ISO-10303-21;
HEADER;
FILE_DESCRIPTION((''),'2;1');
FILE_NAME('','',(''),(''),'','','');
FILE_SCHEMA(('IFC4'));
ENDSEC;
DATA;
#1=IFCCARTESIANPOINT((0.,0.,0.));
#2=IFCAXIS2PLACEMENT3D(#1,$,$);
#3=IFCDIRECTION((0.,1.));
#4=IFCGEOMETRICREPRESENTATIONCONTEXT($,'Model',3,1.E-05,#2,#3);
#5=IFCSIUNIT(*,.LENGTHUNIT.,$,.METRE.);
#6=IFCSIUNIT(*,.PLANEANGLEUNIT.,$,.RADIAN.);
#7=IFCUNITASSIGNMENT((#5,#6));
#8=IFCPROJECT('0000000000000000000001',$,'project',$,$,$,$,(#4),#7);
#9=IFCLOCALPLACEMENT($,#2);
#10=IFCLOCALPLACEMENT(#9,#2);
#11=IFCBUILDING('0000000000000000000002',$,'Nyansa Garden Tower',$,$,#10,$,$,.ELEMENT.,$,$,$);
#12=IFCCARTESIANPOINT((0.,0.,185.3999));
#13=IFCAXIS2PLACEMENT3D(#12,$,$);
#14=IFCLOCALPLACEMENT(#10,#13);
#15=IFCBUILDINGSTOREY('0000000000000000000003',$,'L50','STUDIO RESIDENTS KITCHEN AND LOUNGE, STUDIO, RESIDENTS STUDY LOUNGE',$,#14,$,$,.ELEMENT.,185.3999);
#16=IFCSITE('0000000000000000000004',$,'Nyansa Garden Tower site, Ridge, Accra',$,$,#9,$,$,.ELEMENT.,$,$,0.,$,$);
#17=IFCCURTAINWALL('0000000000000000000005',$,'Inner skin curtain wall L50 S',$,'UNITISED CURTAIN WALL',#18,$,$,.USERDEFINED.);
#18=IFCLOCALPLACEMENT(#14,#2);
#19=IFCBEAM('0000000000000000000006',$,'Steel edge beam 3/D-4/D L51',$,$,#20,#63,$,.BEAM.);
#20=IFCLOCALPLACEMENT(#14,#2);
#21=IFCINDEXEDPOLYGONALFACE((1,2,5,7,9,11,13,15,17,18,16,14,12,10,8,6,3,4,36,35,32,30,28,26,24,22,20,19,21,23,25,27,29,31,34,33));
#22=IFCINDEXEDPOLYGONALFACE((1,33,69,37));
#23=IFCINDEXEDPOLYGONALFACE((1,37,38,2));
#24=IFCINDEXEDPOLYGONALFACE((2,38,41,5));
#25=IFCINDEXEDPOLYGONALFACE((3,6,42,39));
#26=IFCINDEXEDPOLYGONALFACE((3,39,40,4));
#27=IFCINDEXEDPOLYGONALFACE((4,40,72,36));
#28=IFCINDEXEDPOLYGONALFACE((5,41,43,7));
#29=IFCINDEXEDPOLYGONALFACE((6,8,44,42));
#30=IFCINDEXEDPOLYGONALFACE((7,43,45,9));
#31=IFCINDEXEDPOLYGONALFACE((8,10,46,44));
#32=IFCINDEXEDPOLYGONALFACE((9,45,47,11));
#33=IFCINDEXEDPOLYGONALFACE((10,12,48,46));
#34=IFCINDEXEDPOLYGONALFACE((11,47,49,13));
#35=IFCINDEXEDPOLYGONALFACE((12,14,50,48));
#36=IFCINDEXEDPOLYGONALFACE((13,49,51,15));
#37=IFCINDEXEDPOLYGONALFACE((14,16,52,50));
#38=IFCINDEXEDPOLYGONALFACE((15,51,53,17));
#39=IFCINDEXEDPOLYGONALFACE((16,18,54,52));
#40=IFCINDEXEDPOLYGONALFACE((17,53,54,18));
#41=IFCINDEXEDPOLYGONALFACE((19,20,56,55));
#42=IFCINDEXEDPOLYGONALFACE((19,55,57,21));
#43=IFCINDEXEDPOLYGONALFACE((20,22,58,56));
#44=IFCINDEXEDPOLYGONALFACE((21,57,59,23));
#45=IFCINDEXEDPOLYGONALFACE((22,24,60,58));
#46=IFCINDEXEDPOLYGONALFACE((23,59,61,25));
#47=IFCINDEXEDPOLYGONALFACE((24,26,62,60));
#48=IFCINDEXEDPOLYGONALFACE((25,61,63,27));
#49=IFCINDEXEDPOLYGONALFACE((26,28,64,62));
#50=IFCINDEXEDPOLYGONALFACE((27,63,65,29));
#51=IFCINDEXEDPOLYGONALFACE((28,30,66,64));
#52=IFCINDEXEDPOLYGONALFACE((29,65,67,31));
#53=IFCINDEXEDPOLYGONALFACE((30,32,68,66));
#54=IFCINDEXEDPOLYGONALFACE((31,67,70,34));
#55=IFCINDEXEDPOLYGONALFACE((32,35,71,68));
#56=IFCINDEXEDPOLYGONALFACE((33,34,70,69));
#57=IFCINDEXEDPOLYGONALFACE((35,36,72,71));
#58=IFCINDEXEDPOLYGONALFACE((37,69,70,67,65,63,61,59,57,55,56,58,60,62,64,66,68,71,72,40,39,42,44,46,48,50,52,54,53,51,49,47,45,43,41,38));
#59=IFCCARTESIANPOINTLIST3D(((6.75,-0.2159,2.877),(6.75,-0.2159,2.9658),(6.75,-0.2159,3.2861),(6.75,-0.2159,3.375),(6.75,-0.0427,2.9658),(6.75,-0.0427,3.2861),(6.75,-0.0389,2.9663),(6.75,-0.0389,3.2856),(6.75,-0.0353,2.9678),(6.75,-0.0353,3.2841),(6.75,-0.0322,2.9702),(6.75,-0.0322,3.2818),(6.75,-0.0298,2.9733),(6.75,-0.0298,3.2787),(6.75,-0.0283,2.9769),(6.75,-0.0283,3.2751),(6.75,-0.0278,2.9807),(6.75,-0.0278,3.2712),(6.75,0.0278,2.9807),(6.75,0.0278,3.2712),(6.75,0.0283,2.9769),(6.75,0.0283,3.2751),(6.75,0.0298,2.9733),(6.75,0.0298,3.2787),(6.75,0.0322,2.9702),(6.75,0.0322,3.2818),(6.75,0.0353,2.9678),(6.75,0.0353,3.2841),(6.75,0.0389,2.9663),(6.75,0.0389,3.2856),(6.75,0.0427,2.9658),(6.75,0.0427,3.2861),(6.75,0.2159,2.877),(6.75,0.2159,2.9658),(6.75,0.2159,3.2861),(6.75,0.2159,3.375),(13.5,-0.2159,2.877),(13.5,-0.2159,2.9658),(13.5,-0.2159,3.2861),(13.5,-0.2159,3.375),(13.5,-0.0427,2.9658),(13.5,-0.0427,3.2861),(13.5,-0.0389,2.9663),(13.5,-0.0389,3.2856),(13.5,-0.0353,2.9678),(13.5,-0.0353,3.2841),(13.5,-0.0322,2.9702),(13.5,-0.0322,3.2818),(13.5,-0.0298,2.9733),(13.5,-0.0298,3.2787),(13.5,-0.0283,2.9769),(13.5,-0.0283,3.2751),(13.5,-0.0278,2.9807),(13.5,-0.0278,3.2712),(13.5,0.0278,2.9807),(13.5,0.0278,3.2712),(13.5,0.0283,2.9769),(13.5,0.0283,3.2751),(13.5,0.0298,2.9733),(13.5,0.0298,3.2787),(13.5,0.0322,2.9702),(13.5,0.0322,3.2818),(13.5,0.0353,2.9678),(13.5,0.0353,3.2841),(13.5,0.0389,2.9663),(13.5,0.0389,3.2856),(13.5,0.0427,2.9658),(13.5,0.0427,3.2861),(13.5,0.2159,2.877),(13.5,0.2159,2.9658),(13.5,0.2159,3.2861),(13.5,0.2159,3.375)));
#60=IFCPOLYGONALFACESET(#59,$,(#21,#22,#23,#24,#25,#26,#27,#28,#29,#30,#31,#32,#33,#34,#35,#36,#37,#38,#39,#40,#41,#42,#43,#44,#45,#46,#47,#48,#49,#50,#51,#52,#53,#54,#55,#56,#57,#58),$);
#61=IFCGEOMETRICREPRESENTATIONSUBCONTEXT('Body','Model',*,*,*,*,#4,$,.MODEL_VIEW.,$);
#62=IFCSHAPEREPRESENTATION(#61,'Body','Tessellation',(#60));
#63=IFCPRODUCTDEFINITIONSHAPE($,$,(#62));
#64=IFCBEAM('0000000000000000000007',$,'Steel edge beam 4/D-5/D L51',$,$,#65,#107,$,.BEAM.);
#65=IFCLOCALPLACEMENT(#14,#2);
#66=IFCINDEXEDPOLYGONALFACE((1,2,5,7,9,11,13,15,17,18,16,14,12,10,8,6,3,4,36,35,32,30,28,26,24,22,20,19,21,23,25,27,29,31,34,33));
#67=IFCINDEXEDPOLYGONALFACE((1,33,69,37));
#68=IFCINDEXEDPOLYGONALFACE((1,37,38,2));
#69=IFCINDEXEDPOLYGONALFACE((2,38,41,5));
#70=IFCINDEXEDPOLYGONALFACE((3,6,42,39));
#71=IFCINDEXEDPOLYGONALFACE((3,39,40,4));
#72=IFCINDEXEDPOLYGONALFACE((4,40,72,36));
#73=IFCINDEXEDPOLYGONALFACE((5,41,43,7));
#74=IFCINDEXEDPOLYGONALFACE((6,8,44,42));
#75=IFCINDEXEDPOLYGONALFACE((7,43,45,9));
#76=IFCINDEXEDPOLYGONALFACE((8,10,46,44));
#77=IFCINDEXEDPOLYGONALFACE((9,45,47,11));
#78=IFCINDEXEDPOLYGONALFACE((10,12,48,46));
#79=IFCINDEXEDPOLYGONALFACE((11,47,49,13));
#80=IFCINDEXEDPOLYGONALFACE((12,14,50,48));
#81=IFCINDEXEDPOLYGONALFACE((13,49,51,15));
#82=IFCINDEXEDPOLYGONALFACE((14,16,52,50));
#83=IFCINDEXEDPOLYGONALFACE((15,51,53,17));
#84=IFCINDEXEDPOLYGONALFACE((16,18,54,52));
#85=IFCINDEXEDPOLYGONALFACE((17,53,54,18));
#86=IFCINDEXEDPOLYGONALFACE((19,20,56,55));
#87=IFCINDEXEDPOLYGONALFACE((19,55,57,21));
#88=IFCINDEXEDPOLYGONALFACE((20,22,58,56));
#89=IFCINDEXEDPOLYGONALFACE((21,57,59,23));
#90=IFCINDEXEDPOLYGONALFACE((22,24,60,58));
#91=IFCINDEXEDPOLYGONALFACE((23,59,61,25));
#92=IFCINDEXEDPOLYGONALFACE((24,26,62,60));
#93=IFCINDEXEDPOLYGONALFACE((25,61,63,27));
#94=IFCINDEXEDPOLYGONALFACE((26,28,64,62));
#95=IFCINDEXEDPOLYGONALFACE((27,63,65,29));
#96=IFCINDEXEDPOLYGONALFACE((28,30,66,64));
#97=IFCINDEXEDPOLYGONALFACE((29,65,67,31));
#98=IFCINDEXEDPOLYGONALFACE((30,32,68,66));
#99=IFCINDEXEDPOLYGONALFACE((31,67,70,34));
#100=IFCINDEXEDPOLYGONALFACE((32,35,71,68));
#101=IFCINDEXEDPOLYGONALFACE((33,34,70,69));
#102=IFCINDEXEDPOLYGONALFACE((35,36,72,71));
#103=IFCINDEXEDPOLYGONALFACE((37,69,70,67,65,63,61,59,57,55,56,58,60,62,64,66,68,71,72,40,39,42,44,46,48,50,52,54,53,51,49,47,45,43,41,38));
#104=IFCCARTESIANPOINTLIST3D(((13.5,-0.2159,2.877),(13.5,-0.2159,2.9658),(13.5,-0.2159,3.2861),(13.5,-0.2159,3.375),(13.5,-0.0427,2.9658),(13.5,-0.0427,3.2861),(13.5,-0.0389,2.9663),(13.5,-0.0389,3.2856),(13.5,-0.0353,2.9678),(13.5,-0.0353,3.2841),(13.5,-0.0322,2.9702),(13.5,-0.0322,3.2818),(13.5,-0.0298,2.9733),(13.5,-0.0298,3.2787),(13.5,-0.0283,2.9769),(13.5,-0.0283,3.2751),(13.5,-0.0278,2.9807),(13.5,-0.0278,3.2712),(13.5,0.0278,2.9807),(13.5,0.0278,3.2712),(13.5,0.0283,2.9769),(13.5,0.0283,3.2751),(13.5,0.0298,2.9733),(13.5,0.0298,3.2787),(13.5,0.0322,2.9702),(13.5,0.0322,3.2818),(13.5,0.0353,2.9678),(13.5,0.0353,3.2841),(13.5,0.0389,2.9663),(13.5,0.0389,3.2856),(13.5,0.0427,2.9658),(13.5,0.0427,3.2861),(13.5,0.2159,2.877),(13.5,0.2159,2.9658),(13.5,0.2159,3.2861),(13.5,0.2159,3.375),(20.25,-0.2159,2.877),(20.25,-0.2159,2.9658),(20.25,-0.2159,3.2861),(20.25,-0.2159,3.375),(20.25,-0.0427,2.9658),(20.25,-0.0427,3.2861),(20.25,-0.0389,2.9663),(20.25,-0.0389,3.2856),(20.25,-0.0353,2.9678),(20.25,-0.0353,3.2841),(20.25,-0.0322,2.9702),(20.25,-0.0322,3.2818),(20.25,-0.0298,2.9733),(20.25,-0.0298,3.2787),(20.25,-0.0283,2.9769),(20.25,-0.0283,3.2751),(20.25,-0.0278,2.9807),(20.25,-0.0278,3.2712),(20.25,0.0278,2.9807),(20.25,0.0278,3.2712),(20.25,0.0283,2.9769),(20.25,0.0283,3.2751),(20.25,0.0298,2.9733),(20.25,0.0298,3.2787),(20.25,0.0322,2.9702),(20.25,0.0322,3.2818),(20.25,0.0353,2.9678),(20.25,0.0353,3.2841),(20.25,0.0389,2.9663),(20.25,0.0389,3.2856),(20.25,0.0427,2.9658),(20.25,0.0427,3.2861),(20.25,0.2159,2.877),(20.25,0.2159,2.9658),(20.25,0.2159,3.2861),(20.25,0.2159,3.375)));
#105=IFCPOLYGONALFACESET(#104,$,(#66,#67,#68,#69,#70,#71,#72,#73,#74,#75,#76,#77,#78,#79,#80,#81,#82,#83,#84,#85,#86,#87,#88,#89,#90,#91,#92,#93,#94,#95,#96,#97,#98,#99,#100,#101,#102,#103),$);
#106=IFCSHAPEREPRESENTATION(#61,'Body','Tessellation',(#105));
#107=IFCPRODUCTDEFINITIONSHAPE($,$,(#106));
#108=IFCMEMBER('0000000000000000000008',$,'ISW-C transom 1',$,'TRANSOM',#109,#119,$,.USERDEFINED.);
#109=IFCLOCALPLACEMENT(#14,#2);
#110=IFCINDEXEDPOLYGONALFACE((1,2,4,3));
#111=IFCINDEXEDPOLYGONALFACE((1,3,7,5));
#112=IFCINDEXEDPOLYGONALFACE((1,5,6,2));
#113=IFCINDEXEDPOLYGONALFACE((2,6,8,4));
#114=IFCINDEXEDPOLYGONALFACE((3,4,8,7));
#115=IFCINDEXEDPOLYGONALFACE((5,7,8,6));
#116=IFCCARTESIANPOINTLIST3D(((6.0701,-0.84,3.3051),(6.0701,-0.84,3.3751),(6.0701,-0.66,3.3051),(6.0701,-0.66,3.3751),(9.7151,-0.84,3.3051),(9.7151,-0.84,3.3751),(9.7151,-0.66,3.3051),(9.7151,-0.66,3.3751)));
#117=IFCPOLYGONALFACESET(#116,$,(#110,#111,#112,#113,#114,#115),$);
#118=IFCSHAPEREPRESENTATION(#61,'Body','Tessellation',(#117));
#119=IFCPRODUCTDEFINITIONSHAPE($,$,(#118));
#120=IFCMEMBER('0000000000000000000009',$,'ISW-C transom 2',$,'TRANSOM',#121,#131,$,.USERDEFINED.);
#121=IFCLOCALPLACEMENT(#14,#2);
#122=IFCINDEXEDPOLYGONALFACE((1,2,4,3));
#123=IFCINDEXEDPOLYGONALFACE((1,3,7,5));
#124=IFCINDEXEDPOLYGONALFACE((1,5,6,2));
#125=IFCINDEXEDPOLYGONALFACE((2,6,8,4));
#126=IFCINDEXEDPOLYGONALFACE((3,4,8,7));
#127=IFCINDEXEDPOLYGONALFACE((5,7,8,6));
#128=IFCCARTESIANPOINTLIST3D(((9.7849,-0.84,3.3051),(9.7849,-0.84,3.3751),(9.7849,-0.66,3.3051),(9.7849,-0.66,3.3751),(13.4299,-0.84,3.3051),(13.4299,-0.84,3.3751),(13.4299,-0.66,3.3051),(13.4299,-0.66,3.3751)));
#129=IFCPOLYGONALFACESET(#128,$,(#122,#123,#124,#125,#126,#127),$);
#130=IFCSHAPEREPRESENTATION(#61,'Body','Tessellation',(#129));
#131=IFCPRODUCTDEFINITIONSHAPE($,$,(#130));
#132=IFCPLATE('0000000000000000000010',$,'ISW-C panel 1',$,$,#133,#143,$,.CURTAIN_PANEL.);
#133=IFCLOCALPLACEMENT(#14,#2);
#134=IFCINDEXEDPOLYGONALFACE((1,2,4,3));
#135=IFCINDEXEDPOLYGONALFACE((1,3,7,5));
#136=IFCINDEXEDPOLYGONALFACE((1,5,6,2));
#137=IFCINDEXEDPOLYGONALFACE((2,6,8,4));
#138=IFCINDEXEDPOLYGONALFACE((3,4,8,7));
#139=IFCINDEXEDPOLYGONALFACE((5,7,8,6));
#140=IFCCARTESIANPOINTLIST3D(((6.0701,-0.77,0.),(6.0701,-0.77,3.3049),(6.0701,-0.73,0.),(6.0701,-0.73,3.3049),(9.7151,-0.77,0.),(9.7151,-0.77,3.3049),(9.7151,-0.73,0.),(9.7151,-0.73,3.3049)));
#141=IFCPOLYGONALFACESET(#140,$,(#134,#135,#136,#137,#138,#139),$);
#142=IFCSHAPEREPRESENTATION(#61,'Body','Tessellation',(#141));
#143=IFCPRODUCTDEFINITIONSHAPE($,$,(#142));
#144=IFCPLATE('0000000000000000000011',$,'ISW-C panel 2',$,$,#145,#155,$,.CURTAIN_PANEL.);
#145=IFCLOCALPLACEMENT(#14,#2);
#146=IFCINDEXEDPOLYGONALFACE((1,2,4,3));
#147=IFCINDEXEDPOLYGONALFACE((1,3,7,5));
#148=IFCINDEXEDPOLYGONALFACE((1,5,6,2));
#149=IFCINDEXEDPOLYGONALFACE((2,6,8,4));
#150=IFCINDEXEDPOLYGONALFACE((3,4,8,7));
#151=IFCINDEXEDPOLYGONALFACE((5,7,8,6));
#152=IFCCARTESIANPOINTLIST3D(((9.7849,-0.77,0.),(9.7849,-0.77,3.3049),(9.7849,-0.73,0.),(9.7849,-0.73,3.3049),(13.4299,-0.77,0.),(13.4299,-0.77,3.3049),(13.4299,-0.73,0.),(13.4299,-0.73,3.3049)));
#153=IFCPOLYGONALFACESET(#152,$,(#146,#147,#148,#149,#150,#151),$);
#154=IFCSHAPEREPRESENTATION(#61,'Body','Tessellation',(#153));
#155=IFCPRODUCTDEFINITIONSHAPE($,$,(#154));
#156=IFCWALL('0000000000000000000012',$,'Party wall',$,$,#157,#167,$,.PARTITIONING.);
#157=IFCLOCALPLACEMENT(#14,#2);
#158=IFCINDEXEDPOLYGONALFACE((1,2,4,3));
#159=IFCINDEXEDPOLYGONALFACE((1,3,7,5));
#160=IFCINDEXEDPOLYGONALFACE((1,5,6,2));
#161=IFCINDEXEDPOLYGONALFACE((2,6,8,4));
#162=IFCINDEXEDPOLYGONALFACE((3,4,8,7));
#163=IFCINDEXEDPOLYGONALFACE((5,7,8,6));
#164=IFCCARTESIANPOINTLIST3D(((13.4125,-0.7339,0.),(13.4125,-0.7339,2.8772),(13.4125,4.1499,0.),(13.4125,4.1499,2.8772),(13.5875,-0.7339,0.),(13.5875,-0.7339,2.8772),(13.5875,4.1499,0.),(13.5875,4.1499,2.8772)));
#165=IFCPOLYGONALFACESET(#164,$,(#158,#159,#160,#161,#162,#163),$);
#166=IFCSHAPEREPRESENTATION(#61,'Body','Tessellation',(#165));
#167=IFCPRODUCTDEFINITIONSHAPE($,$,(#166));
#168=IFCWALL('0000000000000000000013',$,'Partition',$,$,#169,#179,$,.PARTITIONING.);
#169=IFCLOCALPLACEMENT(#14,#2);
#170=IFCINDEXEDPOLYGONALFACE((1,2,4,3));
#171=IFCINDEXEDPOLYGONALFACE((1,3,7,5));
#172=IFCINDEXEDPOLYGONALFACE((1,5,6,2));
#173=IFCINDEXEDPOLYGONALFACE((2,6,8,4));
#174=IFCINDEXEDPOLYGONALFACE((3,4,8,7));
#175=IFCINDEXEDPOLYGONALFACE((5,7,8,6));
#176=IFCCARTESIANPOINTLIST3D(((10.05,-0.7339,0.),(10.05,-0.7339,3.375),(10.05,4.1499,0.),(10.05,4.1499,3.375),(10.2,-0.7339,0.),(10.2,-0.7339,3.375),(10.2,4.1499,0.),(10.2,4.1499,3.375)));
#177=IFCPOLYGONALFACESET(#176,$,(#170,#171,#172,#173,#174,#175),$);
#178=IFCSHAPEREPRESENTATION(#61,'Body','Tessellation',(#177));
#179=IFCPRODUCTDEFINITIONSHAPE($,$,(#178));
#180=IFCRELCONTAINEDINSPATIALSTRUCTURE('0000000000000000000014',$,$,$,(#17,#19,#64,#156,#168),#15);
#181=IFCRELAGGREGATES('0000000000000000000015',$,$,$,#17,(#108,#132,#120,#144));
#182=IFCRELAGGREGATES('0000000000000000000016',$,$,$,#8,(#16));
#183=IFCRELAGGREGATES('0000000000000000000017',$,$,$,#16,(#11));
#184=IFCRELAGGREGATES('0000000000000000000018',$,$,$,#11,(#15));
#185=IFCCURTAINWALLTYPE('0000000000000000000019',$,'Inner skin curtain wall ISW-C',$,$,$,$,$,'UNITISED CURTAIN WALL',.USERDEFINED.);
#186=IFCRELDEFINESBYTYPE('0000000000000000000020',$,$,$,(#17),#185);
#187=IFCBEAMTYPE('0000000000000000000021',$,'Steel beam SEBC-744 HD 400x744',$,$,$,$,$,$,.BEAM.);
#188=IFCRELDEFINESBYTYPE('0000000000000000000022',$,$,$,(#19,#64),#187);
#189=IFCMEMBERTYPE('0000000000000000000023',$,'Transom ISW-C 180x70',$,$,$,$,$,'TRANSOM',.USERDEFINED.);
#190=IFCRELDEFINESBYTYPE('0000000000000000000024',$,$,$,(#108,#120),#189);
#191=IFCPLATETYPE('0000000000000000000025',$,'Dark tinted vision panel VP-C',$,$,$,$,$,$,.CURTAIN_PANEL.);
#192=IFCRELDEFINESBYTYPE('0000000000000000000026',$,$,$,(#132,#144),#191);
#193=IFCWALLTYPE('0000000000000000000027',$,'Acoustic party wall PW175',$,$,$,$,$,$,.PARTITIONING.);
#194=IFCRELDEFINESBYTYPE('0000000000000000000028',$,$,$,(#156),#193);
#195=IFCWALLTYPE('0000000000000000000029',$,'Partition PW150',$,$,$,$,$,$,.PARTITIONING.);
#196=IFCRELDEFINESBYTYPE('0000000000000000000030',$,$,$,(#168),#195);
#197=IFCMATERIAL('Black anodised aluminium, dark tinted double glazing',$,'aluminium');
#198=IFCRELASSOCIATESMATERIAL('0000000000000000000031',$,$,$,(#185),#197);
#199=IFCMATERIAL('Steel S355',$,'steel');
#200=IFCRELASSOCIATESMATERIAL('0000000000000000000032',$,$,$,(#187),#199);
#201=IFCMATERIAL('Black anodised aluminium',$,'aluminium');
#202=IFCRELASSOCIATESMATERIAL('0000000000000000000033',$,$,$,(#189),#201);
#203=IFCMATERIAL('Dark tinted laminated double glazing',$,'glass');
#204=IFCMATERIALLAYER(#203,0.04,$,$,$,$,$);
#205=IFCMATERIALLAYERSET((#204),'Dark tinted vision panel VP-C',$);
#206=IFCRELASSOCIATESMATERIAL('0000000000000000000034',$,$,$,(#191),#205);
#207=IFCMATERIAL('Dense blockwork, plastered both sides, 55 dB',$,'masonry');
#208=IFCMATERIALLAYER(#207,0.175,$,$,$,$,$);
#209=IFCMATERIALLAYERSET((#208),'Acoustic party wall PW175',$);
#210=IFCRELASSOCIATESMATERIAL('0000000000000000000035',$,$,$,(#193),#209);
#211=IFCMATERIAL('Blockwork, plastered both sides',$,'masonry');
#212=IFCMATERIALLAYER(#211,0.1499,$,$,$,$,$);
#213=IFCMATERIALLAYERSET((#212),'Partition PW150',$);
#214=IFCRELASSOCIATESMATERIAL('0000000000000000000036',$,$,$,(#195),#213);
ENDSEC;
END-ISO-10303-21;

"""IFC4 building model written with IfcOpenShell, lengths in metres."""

from ifc_helpers import new_model, si_unit, direction, frame, frame_2d, origin, origin_2d, place, context, subcontext, project, spatial, rectangle, i_section, extrude, material, layer, layer_set, material_profile, profile_set, type_object, element, aggregate, save


model = new_model("IFC4")

# Units and contexts
model_context = context("Model", 3, precision=1e-05, world=origin(), true_north=direction((0.0, 1.0)))
body_context = subcontext(model_context, "Body", "Model", "MODEL_VIEW")
ifc_project = project(units=[si_unit("LENGTHUNIT", "METRE"), si_unit("PLANEANGLEUNIT", "RADIAN")], contexts=[model_context])

# Site, building, storey
site_placement = place(None, origin())
site = spatial("IfcSite", under=ifc_project, at=site_placement, Name="Nyansa Garden Tower site, Ridge, Accra", CompositionType="ELEMENT", RefElevation=0.0)
building_placement = place(site_placement, origin())
building = spatial("IfcBuilding", under=site, at=building_placement, Name="Nyansa Garden Tower", CompositionType="ELEMENT")
storey_placement = place(building_placement, frame((0.0, 0.0, 185.3999)))
storey = spatial("IfcBuildingStorey", under=building, at=storey_placement, Name="L50", Description="STUDIO RESIDENTS KITCHEN AND LOUNGE, STUDIO, RESIDENTS STUDY LOUNGE", CompositionType="ELEMENT", Elevation=185.3999)

# Curtain wall
ifc_material_1 = material(Name="Black anodised aluminium, dark tinted double glazing", Category="aluminium")
curtain_wall_type = type_object("IfcCurtainWallType", Name="Inner skin curtain wall ISW-C", ElementType="UNITISED CURTAIN WALL", PredefinedType="USERDEFINED", material=ifc_material_1)
curtain_wall_placement = place(storey_placement, origin())
curtain_wall = element("IfcCurtainWall", 1, at=curtain_wall_placement, inside=storey, type_object=curtain_wall_type, Name="Inner skin curtain wall L50 S", ObjectType="UNITISED CURTAIN WALL", PredefinedType="USERDEFINED")

# Beams
ifc_material_2 = material(Name="Steel S355", Category="steel")
ifc_material_profile_1 = material_profile(ifc_material_2, i_section(OverallWidth=0.4319, OverallDepth=0.498, WebThickness=0.0557, FlangeThickness=0.0889, FilletRadius=0.0149, at=origin_2d()), Name="HD 400x744")
ifc_profile_set_1 = profile_set([ifc_material_profile_1], Name="Steel S355")
beam_type_1 = type_object("IfcBeamType", Name="Steel beam SEBC-744 HD 400x744", PredefinedType="BEAM", material=ifc_profile_set_1)
for number, where, z_axis, x_axis, name in (
    (2, (6.75, 0.0, 3.126), (1.0, 0.0, 0.0), (0.0, 1.0, 0.0), "Steel edge beam 3/D-4/D L51"),
    (3, (13.5, 0.0, 3.126), (1.0, 0.0, 0.0), (0.0, 1.0, 0.0), "Steel edge beam 4/D-5/D L51"),
):
    element("IfcBeam", number, at=place(storey_placement, frame(where, z_axis=z_axis, x_axis=x_axis)), inside=storey, type_object=beam_type_1, Name=name, PredefinedType="BEAM", context=body_context, shape_type="SweptSolid", body=[
        extrude(i_section(OverallWidth=0.4319, OverallDepth=0.498, WebThickness=0.0557, FlangeThickness=0.0889, FilletRadius=0.0149, at=origin_2d()), origin(), (0.0, 0.0, 1.0), 6.75),
    ])

# Members
ifc_material_3 = material(Name="Black anodised aluminium", Category="aluminium")
ifc_material_profile_2 = material_profile(ifc_material_3, rectangle(XDim=0.1799, YDim=0.0701, at=origin_2d()), Name="Transom 180x70")
ifc_profile_set_2 = profile_set([ifc_material_profile_2], Name="Black anodised aluminium")
member_type_1 = type_object("IfcMemberType", Name="Transom ISW-C 180x70", ElementType="TRANSOM", PredefinedType="USERDEFINED", material=ifc_profile_set_2)
member_1_placement = place(storey_placement, frame((6.0701, -0.75, 3.3401), z_axis=(1.0, 0.0, 0.0), x_axis=(0.0, 1.0, 0.0)))
member_1 = element("IfcMember", 4, at=member_1_placement, type_object=member_type_1, Name="ISW-C transom 1", ObjectType="TRANSOM", PredefinedType="USERDEFINED", context=body_context, shape_type="SweptSolid", body=[
    extrude(rectangle(XDim=0.1799, YDim=0.0701, at=origin_2d()), origin(), (0.0, 0.0, 1.0), 3.645),
])
member_2_placement = place(storey_placement, frame((9.7849, -0.75, 3.3401), z_axis=(1.0, 0.0, 0.0), x_axis=(0.0, 1.0, 0.0)))
member_2 = element("IfcMember", 5, at=member_2_placement, type_object=member_type_1, Name="ISW-C transom 2", ObjectType="TRANSOM", PredefinedType="USERDEFINED", context=body_context, shape_type="SweptSolid", body=[
    extrude(rectangle(XDim=0.1799, YDim=0.0701, at=origin_2d()), origin(), (0.0, 0.0, 1.0), 3.645),
])

# Plates
ifc_material_4 = material(Name="Dark tinted laminated double glazing", Category="glass")
ifc_layer_1 = layer(ifc_material_4, 0.04)
ifc_layer_set_1 = layer_set([ifc_layer_1], Name="Dark tinted vision panel VP-C")
plate_type = type_object("IfcPlateType", Name="Dark tinted vision panel VP-C", PredefinedType="CURTAIN_PANEL", material=ifc_layer_set_1)
plate_1_placement = place(storey_placement, frame((7.8926, -0.75, 0.0), z_axis=(0.0, 0.0, 1.0), x_axis=(1.0, 0.0, 0.0)))
plate_1 = element("IfcPlate", 6, at=plate_1_placement, type_object=plate_type, Name="ISW-C panel 1", PredefinedType="CURTAIN_PANEL", context=body_context, shape_type="SweptSolid", body=[
    extrude(rectangle(XDim=3.645, YDim=0.04, at=origin_2d()), origin(), (0.0, 0.0, 1.0), 3.3049),
])
plate_2_placement = place(storey_placement, frame((11.6074, -0.75, 0.0), z_axis=(0.0, 0.0, 1.0), x_axis=(1.0, 0.0, 0.0)))
plate_2 = element("IfcPlate", 7, at=plate_2_placement, type_object=plate_type, Name="ISW-C panel 2", PredefinedType="CURTAIN_PANEL", context=body_context, shape_type="SweptSolid", body=[
    extrude(rectangle(XDim=3.645, YDim=0.04, at=origin_2d()), origin(), (0.0, 0.0, 1.0), 3.3049),
])
aggregate(curtain_wall, [member_1, plate_1, member_2, plate_2])

# Walls
ifc_material_5 = material(Name="Dense blockwork, plastered both sides, 55 dB", Category="masonry")
ifc_layer_2 = layer(ifc_material_5, 0.175)
ifc_layer_set_2 = layer_set([ifc_layer_2], Name="Acoustic party wall PW175")
wall_type_1 = type_object("IfcWallType", Name="Acoustic party wall PW175", PredefinedType="PARTITIONING", material=ifc_layer_set_2)
wall_1_placement = place(storey_placement, frame((13.5, -0.7339, 0.0), z_axis=(0.0, 0.0, 1.0), x_axis=(0.0, 1.0, 0.0)))
element("IfcWall", 8, at=wall_1_placement, inside=storey, type_object=wall_type_1, Name="Party wall", PredefinedType="PARTITIONING", context=body_context, shape_type="SweptSolid", body=[
    extrude(rectangle(XDim=4.8838, YDim=0.175, at=frame_2d((2.4419, 0.0))), origin(), (0.0, 0.0, 1.0), 2.8772),
])
ifc_material_6 = material(Name="Blockwork, plastered both sides", Category="masonry")
ifc_layer_3 = layer(ifc_material_6, 0.1499)
ifc_layer_set_3 = layer_set([ifc_layer_3], Name="Partition PW150")
wall_type_2 = type_object("IfcWallType", Name="Partition PW150", PredefinedType="PARTITIONING", material=ifc_layer_set_3)
wall_2_placement = place(storey_placement, frame((10.125, -0.7339, 0.0), z_axis=(0.0, 0.0, 1.0), x_axis=(0.0, 1.0, 0.0)))
element("IfcWall", 9, at=wall_2_placement, inside=storey, type_object=wall_type_2, Name="Partition", PredefinedType="PARTITIONING", context=body_context, shape_type="SweptSolid", body=[
    extrude(rectangle(XDim=4.8838, YDim=0.1499, at=frame_2d((2.4419, 0.0))), origin(), (0.0, 0.0, 1.0), 3.375),
])

save(model, "model.ifc")
